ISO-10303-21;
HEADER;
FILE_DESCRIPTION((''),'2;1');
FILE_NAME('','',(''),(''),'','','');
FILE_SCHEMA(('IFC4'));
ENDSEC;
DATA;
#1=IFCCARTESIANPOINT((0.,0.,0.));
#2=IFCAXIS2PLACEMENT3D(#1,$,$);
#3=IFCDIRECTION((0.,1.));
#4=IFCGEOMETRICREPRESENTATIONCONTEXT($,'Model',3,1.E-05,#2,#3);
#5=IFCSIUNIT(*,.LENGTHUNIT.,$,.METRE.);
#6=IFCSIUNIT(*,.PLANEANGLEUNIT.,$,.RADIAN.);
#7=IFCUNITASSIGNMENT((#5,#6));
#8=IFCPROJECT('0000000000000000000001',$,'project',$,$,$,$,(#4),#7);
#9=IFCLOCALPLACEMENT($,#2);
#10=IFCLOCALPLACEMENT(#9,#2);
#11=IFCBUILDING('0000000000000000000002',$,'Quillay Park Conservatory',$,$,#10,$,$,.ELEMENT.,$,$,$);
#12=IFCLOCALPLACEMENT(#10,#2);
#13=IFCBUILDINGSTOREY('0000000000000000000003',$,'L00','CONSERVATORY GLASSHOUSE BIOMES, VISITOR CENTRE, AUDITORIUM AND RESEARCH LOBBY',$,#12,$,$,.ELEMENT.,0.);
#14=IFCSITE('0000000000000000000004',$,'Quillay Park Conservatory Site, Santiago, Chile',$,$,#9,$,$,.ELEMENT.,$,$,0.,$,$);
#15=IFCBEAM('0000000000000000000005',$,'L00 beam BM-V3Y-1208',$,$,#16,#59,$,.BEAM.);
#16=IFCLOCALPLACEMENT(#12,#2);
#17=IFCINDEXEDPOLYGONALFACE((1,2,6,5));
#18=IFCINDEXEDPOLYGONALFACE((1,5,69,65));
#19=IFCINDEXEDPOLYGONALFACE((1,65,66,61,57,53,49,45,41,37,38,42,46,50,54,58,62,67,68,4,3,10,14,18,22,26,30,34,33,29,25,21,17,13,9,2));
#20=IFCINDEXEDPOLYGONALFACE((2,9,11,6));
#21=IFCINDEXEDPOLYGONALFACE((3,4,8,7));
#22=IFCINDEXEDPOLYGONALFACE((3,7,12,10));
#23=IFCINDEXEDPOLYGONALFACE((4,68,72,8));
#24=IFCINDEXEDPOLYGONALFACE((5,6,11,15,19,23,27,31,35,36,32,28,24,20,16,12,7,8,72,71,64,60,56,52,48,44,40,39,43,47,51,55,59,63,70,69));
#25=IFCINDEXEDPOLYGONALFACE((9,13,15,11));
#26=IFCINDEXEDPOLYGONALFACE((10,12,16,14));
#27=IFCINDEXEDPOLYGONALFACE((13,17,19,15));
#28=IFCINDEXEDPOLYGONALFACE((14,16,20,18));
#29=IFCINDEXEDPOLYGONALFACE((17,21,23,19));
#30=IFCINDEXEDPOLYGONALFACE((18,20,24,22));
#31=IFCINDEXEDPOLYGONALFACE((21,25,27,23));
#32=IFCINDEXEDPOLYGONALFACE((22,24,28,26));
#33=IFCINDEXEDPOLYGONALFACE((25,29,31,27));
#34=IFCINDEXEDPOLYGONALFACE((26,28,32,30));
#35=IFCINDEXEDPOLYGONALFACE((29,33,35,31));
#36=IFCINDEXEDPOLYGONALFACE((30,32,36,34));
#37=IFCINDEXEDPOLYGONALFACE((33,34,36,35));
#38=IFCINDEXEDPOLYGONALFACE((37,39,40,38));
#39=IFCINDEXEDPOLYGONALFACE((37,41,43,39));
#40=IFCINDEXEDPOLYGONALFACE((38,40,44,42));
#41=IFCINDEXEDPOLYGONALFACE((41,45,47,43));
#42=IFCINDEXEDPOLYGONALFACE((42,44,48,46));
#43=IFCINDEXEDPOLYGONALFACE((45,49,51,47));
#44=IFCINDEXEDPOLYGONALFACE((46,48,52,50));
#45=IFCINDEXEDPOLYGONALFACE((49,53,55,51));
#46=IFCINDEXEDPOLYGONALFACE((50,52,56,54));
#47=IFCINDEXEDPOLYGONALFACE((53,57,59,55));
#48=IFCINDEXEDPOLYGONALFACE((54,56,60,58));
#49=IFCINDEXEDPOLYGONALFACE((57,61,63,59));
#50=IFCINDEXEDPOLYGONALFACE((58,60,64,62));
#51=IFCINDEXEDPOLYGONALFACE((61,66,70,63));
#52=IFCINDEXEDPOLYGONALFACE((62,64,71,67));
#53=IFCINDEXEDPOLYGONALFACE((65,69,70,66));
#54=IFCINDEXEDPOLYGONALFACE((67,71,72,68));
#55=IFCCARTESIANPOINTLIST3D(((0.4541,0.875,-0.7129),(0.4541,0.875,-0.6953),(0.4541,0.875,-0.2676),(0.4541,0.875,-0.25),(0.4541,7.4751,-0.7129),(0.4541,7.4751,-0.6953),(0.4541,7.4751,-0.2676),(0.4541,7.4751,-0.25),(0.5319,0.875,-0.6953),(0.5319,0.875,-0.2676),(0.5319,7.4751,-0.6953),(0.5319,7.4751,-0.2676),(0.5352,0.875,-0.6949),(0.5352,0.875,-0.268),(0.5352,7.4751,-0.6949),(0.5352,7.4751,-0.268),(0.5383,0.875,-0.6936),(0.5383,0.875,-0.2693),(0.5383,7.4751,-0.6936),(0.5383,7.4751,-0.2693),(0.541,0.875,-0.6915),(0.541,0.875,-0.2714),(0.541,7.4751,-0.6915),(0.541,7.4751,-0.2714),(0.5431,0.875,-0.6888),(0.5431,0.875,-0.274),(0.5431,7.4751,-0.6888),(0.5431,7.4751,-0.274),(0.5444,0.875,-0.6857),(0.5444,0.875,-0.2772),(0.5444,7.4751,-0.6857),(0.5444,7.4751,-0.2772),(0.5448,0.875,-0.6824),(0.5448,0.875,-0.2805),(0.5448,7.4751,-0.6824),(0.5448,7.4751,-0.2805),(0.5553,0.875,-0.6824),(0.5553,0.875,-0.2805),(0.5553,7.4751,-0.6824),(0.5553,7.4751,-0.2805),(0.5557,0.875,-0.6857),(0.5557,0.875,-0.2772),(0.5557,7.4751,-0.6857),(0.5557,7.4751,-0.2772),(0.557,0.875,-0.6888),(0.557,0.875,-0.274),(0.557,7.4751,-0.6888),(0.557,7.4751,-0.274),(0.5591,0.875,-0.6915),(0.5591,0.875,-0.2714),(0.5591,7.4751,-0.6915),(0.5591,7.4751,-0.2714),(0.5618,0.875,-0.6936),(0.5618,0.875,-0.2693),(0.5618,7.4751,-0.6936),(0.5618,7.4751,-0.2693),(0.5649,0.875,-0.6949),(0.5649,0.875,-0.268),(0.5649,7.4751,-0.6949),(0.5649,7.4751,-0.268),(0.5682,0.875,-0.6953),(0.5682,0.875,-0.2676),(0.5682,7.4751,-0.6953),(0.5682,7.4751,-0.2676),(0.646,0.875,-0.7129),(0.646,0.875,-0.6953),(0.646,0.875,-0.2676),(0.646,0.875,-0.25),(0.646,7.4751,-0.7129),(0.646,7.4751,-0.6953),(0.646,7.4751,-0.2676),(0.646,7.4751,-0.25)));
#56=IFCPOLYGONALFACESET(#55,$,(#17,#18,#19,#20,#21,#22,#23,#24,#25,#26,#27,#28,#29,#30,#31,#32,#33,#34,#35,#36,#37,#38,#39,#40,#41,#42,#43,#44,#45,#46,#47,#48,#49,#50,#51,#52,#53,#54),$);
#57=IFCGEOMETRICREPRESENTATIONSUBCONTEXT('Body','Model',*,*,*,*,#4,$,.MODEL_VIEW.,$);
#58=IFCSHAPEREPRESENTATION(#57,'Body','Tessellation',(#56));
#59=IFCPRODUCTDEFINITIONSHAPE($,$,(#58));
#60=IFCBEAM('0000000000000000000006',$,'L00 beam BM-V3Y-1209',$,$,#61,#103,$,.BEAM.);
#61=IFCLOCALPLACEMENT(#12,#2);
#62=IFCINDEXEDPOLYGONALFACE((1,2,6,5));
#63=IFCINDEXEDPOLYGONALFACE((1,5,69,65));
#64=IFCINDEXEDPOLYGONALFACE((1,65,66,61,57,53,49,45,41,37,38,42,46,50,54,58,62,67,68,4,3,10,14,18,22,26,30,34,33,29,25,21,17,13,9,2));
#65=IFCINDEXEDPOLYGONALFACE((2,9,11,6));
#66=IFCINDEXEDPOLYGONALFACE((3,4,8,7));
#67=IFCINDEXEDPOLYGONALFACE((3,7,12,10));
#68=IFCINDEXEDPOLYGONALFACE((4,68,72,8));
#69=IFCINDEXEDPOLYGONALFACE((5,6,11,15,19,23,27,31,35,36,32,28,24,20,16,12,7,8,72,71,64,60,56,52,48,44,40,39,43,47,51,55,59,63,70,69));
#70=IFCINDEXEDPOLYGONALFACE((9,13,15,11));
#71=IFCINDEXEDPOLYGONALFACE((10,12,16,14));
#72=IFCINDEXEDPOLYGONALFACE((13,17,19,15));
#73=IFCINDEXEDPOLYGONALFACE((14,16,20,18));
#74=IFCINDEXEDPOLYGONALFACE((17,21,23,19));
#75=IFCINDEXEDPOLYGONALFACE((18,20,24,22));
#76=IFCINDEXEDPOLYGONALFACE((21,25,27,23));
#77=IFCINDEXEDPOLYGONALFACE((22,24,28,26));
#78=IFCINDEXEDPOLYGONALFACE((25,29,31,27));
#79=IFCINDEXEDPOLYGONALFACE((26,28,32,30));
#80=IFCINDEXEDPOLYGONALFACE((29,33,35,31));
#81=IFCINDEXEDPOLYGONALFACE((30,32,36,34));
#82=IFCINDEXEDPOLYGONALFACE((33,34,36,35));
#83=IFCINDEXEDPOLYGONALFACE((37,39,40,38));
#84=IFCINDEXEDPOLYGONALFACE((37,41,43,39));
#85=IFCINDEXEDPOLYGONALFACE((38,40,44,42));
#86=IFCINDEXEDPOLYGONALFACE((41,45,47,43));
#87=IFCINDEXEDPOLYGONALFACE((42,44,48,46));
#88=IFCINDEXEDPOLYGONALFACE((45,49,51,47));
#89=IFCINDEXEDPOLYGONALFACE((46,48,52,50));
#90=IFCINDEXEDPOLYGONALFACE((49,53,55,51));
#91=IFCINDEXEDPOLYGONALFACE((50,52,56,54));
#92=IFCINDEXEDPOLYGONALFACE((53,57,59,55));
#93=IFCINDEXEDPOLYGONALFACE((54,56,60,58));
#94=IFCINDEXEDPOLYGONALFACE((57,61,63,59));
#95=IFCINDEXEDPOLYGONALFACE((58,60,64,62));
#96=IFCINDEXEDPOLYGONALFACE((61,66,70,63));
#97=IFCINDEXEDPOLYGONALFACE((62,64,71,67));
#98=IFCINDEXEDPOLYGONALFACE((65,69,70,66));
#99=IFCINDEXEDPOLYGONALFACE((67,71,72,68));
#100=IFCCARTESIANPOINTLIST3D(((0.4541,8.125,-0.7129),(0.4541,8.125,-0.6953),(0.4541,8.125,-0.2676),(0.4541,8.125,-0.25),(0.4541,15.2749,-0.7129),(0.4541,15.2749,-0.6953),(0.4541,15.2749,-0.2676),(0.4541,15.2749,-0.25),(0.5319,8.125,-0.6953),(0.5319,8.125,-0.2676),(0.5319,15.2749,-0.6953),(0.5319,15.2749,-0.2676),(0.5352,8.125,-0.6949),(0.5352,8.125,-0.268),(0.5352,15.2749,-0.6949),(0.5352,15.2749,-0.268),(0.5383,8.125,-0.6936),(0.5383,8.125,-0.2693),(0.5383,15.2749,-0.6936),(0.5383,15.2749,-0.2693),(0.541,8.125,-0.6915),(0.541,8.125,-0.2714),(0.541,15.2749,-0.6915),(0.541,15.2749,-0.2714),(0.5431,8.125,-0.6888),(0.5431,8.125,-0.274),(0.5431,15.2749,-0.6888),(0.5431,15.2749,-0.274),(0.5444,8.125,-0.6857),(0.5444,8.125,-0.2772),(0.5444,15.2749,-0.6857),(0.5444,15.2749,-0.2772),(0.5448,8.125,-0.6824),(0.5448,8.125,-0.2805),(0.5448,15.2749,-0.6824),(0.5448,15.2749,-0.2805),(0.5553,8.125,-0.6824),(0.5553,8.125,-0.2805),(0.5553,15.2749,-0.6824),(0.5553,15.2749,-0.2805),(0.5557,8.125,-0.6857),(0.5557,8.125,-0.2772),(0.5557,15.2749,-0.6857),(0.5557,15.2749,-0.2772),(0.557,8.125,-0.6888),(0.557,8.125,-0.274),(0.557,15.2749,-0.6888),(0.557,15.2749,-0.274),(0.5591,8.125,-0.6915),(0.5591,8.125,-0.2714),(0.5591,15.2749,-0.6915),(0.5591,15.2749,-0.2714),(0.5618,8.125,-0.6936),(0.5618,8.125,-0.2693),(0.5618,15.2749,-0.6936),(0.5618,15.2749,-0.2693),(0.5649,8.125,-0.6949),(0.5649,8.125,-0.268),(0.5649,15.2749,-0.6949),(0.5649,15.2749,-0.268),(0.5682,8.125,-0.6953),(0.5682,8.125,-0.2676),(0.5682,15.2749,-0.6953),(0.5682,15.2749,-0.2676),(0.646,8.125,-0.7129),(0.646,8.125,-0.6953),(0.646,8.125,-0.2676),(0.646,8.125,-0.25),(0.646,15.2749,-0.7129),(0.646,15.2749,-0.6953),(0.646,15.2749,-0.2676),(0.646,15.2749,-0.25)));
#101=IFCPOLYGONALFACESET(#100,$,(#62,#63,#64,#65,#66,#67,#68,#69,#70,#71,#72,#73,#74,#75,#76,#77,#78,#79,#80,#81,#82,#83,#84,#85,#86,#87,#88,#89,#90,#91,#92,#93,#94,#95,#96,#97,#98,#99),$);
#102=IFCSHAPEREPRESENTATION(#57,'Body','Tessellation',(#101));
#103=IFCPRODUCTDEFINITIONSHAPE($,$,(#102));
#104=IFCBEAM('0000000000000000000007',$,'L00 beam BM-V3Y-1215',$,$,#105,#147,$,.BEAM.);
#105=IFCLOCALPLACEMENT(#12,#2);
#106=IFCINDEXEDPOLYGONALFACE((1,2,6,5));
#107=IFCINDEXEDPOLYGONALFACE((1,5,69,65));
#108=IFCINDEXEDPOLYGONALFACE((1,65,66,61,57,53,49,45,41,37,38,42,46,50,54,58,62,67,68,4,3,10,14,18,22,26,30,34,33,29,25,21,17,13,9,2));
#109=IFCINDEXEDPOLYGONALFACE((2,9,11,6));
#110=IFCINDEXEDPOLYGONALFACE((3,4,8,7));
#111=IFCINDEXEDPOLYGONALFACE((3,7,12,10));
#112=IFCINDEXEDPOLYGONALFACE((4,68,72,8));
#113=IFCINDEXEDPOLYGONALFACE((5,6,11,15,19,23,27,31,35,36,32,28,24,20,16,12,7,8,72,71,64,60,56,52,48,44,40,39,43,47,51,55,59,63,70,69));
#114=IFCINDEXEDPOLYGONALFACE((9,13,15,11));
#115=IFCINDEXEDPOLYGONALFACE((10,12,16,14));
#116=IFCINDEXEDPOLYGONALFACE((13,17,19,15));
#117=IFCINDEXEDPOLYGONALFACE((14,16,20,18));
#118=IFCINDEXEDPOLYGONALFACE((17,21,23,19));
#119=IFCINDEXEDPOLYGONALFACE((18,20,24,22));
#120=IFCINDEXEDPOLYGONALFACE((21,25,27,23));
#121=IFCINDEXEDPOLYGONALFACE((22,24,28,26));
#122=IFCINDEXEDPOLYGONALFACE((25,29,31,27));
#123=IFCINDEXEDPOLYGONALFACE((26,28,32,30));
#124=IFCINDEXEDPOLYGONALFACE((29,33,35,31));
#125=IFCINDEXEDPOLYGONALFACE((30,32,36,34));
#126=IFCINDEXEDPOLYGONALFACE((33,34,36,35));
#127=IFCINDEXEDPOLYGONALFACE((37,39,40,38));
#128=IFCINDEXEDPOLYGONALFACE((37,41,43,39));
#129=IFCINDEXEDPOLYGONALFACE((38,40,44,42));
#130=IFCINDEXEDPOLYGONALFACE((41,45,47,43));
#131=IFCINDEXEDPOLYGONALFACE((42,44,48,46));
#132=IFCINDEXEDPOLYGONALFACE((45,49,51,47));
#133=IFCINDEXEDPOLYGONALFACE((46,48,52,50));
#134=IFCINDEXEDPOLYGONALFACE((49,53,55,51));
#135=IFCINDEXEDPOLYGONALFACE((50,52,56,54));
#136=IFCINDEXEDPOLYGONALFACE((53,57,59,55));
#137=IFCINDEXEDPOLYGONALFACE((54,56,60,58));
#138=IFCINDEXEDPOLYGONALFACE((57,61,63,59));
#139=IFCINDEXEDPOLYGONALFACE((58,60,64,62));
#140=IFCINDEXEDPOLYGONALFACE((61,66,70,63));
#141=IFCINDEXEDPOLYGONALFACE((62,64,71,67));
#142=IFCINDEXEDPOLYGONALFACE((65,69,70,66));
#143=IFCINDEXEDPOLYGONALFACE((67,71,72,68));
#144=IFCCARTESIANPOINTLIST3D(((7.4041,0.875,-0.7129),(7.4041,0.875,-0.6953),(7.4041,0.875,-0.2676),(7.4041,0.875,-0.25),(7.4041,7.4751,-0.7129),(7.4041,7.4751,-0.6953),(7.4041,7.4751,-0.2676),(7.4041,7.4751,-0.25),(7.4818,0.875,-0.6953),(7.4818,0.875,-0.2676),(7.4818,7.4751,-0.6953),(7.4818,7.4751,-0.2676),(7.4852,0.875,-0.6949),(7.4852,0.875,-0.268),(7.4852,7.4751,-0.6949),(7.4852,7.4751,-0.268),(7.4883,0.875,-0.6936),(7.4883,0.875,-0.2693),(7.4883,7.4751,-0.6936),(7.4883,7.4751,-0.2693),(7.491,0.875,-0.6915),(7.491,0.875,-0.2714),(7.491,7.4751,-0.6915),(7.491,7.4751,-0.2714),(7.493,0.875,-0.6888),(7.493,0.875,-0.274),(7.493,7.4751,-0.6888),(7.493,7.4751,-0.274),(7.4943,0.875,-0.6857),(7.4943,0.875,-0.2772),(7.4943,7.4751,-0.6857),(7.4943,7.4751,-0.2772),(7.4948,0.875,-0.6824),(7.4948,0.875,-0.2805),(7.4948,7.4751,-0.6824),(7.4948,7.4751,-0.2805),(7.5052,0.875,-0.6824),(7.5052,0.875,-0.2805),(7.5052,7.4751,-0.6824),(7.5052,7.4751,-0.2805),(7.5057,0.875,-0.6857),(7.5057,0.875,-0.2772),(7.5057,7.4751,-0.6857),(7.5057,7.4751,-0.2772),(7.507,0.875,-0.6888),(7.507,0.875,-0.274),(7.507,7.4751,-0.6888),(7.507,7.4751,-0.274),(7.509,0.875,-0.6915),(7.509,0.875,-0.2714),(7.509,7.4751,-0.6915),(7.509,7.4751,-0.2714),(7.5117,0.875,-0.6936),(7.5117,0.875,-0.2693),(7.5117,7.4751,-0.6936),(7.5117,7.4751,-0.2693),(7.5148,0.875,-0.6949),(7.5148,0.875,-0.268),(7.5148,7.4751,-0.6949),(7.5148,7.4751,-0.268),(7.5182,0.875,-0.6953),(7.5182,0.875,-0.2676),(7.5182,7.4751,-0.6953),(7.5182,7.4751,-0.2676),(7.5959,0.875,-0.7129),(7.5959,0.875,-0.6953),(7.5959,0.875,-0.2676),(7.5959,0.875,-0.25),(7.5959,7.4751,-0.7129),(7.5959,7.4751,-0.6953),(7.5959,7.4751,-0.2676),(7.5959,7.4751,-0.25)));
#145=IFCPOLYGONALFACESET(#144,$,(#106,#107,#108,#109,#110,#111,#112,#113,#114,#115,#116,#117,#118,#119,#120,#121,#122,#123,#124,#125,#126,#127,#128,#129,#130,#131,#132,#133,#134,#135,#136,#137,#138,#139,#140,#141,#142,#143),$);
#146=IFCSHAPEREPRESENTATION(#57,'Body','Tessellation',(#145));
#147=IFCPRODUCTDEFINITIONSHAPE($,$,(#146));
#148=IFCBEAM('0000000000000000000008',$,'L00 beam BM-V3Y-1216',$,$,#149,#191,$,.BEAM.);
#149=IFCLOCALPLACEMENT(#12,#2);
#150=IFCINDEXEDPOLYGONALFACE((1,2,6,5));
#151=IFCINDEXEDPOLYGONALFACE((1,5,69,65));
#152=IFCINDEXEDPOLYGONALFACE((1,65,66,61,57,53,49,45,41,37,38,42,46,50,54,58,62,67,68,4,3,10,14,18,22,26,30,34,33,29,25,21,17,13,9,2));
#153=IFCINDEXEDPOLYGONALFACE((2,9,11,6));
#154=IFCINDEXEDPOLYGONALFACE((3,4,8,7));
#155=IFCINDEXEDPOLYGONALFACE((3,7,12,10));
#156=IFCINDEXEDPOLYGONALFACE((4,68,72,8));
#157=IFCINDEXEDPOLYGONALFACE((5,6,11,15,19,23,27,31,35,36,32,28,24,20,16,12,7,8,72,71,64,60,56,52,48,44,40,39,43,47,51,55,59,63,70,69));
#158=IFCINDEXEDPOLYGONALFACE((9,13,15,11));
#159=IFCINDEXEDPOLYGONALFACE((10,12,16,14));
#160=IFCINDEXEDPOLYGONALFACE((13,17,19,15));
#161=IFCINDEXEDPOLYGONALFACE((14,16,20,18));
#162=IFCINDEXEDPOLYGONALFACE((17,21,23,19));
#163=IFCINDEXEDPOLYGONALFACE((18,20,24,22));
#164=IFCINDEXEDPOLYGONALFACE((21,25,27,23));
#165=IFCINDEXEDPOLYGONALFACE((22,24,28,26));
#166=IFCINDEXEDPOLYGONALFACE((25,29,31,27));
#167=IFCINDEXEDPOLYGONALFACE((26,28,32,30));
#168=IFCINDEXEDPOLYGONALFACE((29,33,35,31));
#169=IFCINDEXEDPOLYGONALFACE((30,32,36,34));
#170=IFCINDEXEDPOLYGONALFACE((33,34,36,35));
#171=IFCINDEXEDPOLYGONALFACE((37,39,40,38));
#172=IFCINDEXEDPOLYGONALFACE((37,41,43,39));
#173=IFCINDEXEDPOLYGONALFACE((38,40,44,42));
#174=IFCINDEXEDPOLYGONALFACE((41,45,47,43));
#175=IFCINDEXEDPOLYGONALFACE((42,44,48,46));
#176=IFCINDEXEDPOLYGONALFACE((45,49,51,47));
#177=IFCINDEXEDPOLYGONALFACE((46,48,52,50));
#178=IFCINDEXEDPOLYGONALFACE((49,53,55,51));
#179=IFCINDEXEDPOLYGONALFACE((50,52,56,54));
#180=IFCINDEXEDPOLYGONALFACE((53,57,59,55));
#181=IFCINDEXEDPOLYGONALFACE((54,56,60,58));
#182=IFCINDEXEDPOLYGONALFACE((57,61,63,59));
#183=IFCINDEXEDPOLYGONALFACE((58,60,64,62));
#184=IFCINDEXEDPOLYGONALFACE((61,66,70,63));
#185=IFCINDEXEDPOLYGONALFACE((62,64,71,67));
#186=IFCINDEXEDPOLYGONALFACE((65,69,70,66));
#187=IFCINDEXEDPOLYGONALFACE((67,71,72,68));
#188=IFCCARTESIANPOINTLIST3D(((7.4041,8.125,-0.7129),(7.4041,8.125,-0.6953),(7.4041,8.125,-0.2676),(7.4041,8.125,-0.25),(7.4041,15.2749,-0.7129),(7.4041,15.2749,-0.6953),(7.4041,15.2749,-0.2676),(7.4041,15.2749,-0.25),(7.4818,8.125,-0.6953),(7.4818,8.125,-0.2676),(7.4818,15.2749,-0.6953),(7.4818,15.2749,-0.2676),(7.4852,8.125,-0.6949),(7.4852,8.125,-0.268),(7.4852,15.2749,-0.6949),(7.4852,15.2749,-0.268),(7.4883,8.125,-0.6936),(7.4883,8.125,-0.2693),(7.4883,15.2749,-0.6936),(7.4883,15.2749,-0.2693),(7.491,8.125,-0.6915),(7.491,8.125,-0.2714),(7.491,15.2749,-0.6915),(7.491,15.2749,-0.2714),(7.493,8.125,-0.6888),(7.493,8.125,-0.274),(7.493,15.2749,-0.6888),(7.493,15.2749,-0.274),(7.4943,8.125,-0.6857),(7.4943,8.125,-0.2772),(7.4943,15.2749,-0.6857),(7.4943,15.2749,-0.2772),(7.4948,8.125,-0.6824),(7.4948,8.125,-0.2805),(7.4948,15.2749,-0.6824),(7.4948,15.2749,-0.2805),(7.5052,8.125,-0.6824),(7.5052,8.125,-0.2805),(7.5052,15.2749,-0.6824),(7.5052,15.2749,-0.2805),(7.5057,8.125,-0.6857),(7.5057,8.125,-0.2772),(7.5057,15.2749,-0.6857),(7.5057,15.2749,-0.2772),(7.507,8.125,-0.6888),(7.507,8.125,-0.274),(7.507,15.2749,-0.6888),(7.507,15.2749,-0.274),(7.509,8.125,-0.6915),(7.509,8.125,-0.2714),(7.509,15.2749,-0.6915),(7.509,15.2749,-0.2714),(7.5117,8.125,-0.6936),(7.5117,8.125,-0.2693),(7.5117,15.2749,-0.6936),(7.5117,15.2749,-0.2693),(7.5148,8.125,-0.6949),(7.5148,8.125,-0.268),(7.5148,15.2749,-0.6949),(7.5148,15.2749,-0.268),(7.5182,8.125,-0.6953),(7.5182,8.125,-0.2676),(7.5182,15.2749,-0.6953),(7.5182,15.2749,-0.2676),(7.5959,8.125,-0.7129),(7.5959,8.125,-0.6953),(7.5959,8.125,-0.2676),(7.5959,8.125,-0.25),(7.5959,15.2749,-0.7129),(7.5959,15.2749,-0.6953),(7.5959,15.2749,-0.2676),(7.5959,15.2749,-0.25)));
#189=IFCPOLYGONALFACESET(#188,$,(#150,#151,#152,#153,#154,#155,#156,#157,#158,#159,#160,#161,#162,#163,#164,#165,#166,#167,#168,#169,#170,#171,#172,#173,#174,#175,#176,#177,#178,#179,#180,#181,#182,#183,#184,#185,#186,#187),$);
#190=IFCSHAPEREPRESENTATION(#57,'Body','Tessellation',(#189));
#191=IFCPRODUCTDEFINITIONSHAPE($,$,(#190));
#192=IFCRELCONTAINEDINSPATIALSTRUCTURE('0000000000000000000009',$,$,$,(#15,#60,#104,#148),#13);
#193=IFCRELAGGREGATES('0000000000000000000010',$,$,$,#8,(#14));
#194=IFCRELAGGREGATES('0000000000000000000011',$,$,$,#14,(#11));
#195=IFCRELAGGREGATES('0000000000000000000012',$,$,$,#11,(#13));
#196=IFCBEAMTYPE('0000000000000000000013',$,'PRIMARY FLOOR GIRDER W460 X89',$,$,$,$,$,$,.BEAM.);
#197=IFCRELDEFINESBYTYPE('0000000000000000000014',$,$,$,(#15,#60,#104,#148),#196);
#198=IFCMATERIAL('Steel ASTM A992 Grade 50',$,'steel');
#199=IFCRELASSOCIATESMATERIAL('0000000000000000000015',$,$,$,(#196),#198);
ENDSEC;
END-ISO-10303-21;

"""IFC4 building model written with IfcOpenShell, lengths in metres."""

from ifc_helpers import new_model, si_unit, direction, frame, origin, origin_2d, place, context, subcontext, project, spatial, i_section, extrude, material, material_profile, profile_set, type_object, element, save


model = new_model("IFC4")

# Units and contexts
model_context = context("Model", 3, precision=1e-05, world=origin(), true_north=direction((0.0, 1.0)))
body_context = subcontext(model_context, "Body", "Model", "MODEL_VIEW")
ifc_project = project(units=[si_unit("LENGTHUNIT", "METRE"), si_unit("PLANEANGLEUNIT", "RADIAN")], contexts=[model_context])

# Site, building, storey
site_placement = place(None, origin())
site = spatial("IfcSite", under=ifc_project, at=site_placement, Name="Quillay Park Conservatory Site, Santiago, Chile", CompositionType="ELEMENT", RefElevation=0.0)
building_placement = place(site_placement, origin())
building = spatial("IfcBuilding", under=site, at=building_placement, Name="Quillay Park Conservatory", CompositionType="ELEMENT")
storey_placement = place(building_placement, origin())
storey = spatial("IfcBuildingStorey", under=building, at=storey_placement, Name="L00", Description="CONSERVATORY GLASSHOUSE BIOMES, VISITOR CENTRE, AUDITORIUM AND RESEARCH LOBBY", CompositionType="ELEMENT", Elevation=0.0)

# Beams
ifc_material_1 = material(Name="Steel ASTM A992 Grade 50", Category="steel")
ifc_material_profile_1 = material_profile(ifc_material_1, i_section(OverallWidth=0.1919, OverallDepth=0.4629, WebThickness=0.0105, FlangeThickness=0.0176, FilletRadius=0.0129, at=origin_2d()), Name="W460x89")
ifc_profile_set_1 = profile_set([ifc_material_profile_1], Name="Steel ASTM A992 Grade 50")
beam_type_1 = type_object("IfcBeamType", Name="PRIMARY FLOOR GIRDER W460 X89", PredefinedType="BEAM", material=ifc_profile_set_1)
beam_1_placement = place(storey_placement, frame((0.55, 0.875, -0.4814), z_axis=(0.0, 1.0, 0.0), x_axis=(-1.0, 0.0, 0.0)))
element("IfcBeam", 1, at=beam_1_placement, inside=storey, type_object=beam_type_1, Name="L00 beam BM-V3Y-1208", PredefinedType="BEAM", context=body_context, shape_type="SweptSolid", body=[
    extrude(i_section(OverallWidth=0.1919, OverallDepth=0.4629, WebThickness=0.0105, FlangeThickness=0.0176, FilletRadius=0.0129, at=origin_2d()), origin(), (0.0, 0.0, 1.0), 6.6001),
])
beam_2_placement = place(storey_placement, frame((0.55, 8.125, -0.4814), z_axis=(0.0, 1.0, 0.0), x_axis=(-1.0, 0.0, 0.0)))
element("IfcBeam", 2, at=beam_2_placement, inside=storey, type_object=beam_type_1, Name="L00 beam BM-V3Y-1209", PredefinedType="BEAM", context=body_context, shape_type="SweptSolid", body=[
    extrude(i_section(OverallWidth=0.1919, OverallDepth=0.4629, WebThickness=0.0105, FlangeThickness=0.0176, FilletRadius=0.0129, at=origin_2d()), origin(), (0.0, 0.0, 1.0), 7.1499),
])
beam_3_placement = place(storey_placement, frame((7.5, 0.875, -0.4814), z_axis=(0.0, 1.0, 0.0), x_axis=(-1.0, 0.0, 0.0)))
element("IfcBeam", 3, at=beam_3_placement, inside=storey, type_object=beam_type_1, Name="L00 beam BM-V3Y-1215", PredefinedType="BEAM", context=body_context, shape_type="SweptSolid", body=[
    extrude(i_section(OverallWidth=0.1919, OverallDepth=0.4629, WebThickness=0.0105, FlangeThickness=0.0176, FilletRadius=0.0129, at=origin_2d()), origin(), (0.0, 0.0, 1.0), 6.6001),
])
beam_4_placement = place(storey_placement, frame((7.5, 8.125, -0.4814), z_axis=(0.0, 1.0, 0.0), x_axis=(-1.0, 0.0, 0.0)))
element("IfcBeam", 4, at=beam_4_placement, inside=storey, type_object=beam_type_1, Name="L00 beam BM-V3Y-1216", PredefinedType="BEAM", context=body_context, shape_type="SweptSolid", body=[
    extrude(i_section(OverallWidth=0.1919, OverallDepth=0.4629, WebThickness=0.0105, FlangeThickness=0.0176, FilletRadius=0.0129, at=origin_2d()), origin(), (0.0, 0.0, 1.0), 7.1499),
])

save(model, "model.ifc")
